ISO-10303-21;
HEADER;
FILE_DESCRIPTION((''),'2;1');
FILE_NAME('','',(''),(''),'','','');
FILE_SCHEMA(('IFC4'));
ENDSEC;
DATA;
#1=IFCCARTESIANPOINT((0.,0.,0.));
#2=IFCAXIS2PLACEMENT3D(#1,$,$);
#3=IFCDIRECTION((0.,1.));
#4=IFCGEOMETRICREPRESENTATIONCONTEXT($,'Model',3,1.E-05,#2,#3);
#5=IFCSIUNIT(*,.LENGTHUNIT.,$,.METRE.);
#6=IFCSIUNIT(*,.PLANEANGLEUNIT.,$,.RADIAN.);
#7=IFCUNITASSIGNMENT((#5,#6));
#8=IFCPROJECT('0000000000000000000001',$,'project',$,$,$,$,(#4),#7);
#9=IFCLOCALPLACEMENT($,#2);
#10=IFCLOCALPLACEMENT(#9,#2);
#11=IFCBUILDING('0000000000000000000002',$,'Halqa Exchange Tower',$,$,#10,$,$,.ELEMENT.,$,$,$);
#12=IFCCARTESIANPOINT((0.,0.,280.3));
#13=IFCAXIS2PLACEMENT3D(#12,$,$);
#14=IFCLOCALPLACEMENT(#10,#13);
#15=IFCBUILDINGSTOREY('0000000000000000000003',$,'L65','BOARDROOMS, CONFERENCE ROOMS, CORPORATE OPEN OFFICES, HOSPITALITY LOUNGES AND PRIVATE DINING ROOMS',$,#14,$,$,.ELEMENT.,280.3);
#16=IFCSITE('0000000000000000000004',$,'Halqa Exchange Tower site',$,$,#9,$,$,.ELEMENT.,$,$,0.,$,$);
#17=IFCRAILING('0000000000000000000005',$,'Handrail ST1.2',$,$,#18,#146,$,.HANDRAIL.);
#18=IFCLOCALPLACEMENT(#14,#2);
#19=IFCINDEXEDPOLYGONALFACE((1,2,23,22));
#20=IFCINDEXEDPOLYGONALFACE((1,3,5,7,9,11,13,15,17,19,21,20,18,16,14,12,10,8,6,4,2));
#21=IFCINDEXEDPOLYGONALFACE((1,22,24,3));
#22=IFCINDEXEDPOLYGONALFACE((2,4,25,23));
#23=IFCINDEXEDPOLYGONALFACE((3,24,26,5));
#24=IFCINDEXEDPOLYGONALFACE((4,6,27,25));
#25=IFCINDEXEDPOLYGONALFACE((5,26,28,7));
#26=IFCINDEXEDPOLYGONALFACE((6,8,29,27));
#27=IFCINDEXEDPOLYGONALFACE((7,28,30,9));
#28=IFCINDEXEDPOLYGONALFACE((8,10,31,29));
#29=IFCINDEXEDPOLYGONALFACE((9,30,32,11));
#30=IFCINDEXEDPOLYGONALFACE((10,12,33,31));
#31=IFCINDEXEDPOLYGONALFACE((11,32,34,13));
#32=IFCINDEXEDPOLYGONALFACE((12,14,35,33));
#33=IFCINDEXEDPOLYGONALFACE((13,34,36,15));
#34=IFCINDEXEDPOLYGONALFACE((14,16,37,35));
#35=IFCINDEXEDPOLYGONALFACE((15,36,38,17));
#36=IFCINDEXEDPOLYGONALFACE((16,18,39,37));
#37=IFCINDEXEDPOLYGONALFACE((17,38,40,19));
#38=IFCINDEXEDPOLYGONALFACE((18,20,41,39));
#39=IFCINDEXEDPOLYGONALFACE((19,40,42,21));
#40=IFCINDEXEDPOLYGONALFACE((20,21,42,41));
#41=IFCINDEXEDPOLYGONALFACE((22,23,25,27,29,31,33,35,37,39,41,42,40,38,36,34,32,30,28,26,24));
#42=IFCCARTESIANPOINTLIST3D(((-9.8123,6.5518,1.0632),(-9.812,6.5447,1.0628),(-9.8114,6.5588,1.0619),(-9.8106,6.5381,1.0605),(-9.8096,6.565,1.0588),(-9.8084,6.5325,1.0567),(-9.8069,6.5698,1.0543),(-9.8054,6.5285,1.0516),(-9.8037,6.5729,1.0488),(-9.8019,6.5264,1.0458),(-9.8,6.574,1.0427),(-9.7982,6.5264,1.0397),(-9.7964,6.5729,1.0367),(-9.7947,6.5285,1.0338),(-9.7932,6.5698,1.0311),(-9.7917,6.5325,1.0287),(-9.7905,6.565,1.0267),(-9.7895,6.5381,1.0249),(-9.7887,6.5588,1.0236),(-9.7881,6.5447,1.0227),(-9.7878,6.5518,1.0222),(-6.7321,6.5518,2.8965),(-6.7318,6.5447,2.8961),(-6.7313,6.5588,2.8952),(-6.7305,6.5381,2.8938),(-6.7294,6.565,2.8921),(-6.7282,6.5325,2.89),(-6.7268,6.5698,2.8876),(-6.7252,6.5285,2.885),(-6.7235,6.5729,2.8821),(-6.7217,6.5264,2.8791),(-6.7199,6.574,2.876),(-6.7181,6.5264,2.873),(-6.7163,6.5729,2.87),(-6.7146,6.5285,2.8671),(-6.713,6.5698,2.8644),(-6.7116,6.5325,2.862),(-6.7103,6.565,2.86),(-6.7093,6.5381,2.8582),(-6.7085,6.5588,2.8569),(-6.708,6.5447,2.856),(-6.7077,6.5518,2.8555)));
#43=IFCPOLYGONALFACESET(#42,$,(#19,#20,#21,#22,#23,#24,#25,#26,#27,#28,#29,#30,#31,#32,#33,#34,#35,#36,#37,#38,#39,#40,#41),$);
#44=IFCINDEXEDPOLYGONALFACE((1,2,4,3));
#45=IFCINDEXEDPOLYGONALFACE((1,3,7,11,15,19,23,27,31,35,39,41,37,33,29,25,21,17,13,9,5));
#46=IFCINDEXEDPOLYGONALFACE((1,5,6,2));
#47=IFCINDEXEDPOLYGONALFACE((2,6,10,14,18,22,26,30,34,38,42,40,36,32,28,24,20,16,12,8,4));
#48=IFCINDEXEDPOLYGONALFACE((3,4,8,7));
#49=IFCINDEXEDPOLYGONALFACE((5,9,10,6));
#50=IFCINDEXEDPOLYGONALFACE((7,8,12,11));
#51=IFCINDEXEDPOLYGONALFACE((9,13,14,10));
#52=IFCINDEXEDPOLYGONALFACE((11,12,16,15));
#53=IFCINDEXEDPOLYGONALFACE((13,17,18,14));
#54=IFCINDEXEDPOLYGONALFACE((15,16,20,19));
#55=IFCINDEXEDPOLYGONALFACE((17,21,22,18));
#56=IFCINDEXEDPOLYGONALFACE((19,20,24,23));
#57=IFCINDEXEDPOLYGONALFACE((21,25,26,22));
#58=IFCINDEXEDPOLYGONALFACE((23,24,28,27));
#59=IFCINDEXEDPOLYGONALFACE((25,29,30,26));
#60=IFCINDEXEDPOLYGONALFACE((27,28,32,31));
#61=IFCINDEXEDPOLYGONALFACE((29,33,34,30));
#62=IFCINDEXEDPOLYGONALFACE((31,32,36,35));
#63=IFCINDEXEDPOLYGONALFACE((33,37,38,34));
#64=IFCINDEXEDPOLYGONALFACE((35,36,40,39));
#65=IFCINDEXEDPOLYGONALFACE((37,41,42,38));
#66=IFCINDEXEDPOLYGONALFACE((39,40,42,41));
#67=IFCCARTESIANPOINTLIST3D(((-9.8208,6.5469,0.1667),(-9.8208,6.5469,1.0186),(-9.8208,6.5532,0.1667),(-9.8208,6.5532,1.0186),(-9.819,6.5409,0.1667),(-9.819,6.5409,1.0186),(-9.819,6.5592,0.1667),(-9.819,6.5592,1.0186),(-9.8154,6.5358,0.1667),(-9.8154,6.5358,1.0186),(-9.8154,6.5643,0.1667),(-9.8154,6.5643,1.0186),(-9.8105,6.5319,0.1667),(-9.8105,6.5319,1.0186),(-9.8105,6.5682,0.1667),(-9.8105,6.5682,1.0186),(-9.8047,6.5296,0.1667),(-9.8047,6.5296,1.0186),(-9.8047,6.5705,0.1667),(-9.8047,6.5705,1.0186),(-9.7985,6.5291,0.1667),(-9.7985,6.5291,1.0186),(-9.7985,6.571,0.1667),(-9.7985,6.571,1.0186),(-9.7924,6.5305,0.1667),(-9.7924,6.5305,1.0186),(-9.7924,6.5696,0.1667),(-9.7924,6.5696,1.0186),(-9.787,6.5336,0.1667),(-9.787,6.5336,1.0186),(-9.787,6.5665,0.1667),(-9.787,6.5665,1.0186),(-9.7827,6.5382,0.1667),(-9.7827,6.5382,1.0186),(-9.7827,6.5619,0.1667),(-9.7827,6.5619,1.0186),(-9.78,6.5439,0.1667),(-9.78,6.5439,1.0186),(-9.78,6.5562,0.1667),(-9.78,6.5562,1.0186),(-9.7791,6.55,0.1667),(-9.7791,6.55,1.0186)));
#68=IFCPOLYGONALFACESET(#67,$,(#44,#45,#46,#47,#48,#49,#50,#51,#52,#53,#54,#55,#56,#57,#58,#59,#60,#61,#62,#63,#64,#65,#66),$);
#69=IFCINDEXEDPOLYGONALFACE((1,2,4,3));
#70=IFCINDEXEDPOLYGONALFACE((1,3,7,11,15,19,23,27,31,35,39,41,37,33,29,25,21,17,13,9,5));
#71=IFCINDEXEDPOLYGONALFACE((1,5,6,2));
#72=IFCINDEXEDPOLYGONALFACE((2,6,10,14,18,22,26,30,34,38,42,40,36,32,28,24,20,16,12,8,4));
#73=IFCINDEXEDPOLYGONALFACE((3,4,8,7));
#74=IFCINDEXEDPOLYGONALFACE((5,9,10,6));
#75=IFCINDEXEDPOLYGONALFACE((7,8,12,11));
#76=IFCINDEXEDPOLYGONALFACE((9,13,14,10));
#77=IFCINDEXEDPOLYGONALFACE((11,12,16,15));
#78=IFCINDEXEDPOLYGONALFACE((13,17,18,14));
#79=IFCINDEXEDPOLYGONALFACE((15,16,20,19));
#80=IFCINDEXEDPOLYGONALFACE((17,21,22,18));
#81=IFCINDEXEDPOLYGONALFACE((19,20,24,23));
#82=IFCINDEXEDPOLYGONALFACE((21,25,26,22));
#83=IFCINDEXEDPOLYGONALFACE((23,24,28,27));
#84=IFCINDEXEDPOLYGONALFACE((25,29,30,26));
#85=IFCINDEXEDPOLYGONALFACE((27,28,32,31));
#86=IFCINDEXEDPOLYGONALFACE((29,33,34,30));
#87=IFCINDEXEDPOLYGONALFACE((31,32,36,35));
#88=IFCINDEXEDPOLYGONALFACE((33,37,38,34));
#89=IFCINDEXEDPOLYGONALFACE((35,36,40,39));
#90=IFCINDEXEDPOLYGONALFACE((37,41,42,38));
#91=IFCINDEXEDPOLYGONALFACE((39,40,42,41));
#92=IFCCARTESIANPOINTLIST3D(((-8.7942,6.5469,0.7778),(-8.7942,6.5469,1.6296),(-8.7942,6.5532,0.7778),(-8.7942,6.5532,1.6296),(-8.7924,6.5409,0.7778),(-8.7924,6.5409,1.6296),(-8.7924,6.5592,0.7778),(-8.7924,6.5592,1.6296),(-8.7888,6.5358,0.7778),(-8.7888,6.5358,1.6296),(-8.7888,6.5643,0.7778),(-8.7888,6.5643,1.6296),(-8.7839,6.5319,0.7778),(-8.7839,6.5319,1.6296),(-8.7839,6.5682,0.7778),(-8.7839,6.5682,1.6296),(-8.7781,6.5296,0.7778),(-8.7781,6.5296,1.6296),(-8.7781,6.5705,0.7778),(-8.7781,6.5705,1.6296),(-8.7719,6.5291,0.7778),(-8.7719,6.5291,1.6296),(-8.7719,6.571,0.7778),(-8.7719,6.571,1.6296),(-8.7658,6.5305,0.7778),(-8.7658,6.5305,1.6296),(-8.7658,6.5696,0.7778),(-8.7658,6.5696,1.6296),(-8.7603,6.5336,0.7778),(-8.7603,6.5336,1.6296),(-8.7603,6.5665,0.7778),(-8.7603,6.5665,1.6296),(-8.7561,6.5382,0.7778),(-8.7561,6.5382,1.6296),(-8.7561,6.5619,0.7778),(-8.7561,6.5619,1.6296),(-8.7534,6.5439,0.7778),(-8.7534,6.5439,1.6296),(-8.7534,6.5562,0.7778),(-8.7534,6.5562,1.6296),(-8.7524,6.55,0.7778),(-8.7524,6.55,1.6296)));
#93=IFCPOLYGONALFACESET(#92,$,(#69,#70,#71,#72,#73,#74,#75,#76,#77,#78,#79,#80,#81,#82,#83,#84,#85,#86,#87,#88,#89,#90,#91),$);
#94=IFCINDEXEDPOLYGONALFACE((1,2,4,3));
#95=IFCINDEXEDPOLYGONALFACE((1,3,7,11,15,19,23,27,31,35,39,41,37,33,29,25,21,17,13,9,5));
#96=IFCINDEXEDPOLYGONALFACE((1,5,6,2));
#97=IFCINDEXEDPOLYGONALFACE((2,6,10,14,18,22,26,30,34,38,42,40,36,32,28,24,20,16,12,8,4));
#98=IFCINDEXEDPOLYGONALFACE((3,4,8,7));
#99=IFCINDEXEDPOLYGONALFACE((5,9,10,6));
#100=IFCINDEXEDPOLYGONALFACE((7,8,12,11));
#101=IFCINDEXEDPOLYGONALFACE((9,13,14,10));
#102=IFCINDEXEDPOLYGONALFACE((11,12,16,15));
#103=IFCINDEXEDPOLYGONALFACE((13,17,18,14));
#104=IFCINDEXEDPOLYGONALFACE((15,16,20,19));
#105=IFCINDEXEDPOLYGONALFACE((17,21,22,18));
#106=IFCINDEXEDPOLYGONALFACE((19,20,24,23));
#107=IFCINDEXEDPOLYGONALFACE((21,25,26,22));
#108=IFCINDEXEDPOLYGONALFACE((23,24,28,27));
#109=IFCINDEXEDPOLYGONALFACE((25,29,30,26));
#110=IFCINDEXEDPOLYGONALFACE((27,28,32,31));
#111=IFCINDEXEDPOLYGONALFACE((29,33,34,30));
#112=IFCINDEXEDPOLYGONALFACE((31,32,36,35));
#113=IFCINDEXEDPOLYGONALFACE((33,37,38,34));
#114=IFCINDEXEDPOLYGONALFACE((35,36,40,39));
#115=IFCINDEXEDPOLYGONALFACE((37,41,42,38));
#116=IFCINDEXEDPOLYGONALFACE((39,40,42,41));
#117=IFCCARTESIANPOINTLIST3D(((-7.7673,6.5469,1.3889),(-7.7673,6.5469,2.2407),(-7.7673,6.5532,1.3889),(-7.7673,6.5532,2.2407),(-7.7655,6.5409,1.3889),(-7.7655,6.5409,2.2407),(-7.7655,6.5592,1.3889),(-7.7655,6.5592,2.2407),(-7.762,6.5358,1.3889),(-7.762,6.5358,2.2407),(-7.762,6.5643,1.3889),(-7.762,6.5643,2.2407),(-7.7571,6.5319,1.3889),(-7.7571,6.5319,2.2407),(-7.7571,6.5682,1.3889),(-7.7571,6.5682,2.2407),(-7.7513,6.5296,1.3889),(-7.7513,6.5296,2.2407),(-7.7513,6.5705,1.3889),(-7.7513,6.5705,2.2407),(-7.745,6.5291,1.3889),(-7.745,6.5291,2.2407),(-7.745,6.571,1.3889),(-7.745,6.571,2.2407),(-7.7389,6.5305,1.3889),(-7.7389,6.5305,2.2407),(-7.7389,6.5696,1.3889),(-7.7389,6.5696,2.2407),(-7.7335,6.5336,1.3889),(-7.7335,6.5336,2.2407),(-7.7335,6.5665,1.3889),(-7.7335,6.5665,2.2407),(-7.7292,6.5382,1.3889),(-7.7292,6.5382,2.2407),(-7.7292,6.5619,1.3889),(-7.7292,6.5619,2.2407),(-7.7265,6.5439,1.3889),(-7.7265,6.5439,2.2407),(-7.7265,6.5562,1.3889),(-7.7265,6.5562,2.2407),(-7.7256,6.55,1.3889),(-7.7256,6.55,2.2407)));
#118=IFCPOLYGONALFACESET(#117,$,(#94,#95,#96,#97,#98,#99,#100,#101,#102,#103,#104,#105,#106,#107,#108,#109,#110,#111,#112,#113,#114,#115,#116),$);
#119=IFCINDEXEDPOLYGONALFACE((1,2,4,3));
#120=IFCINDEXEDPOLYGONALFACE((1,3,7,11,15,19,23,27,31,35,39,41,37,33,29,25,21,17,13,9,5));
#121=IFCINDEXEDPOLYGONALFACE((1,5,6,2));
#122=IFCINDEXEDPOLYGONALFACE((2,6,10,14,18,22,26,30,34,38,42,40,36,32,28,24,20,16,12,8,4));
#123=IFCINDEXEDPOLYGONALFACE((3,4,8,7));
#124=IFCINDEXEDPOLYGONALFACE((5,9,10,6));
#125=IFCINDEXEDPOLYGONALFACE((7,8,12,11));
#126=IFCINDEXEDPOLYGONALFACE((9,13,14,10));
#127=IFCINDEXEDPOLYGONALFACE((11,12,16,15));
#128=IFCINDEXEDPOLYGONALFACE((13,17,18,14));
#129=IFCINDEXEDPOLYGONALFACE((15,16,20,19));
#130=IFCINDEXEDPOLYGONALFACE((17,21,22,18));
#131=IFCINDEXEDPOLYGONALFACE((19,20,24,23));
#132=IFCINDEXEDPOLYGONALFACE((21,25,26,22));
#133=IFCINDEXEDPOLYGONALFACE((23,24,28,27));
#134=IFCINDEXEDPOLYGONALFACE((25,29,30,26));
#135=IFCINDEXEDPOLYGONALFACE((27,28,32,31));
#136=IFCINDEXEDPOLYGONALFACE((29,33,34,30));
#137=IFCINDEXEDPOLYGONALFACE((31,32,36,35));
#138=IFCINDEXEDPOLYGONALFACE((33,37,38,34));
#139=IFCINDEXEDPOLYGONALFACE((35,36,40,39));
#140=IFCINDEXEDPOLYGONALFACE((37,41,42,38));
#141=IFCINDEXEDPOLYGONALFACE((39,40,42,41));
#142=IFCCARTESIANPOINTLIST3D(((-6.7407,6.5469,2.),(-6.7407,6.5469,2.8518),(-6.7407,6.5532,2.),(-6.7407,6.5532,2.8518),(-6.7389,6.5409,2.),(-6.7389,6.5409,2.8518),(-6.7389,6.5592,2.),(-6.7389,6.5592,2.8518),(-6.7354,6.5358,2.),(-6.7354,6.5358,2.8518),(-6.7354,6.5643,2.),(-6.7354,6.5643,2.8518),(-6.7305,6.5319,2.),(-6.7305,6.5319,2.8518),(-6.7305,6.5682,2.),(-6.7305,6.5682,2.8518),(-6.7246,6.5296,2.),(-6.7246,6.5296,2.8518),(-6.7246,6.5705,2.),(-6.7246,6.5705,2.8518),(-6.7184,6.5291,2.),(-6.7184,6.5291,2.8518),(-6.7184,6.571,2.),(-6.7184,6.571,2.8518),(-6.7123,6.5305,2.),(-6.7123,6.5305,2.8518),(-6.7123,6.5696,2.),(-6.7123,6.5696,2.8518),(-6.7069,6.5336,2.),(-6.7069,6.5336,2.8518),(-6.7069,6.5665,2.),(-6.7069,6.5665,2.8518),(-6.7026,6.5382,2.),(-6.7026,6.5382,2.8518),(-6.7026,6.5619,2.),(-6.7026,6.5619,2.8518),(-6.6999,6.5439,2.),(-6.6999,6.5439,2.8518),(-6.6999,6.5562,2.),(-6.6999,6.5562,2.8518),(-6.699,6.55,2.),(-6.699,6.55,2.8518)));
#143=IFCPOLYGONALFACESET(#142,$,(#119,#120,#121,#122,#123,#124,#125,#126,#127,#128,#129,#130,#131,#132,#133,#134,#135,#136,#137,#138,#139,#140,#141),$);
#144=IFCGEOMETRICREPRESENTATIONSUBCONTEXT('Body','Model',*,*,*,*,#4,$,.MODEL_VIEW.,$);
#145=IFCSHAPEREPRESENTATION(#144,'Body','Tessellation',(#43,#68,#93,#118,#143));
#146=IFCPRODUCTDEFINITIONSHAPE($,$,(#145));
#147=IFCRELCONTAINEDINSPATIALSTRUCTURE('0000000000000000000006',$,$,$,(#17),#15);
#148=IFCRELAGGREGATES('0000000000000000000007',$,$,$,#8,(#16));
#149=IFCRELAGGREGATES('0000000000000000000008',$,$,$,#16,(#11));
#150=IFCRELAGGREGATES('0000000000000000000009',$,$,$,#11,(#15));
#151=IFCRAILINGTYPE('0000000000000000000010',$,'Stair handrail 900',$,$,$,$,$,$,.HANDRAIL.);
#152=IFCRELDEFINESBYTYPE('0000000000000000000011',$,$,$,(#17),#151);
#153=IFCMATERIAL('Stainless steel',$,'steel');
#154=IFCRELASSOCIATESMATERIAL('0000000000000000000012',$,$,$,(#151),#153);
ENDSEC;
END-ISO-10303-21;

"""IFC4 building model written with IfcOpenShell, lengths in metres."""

from ifc_helpers import new_model, si_unit, direction, frame, origin, origin_2d, place, context, subcontext, project, spatial, circle, extrude, material, type_object, element, save


model = new_model("IFC4")

# Units and contexts
model_context = context("Model", 3, precision=1e-05, world=origin(), true_north=direction((0.0, 1.0)))
body_context = subcontext(model_context, "Body", "Model", "MODEL_VIEW")
ifc_project = project(units=[si_unit("LENGTHUNIT", "METRE"), si_unit("PLANEANGLEUNIT", "RADIAN")], contexts=[model_context])

# Site, building, storey
site_placement = place(None, origin())
site = spatial("IfcSite", under=ifc_project, at=site_placement, Name="Halqa Exchange Tower site", CompositionType="ELEMENT", RefElevation=0.0)
building_placement = place(site_placement, origin())
building = spatial("IfcBuilding", under=site, at=building_placement, Name="Halqa Exchange Tower", CompositionType="ELEMENT")
storey_placement = place(building_placement, frame((0.0, 0.0, 280.3)))
storey = spatial("IfcBuildingStorey", under=building, at=storey_placement, Name="L65", Description="BOARDROOMS, CONFERENCE ROOMS, CORPORATE OPEN OFFICES, HOSPITALITY LOUNGES AND PRIVATE DINING ROOMS", CompositionType="ELEMENT", Elevation=280.3)

# Shared definitions
ifc_material_1 = material(Name="Stainless steel", Category="steel")

# Railing
railing_type_1 = type_object("IfcRailingType", Name="Stair handrail 900", PredefinedType="HANDRAIL", material=ifc_material_1)
railing_1_placement = place(storey_placement, frame((-9.8, 6.55, 0.1667)))
element("IfcRailing", 1, at=railing_1_placement, inside=storey, type_object=railing_type_1, Name="Handrail ST1.2", PredefinedType="HANDRAIL", context=body_context, shape_type="SweptSolid", body=[
    extrude(circle(Radius=0.0239, at=origin_2d()), frame((0.0, 0.0, 0.876), z_axis=(0.859309, 0.0, 0.511458), x_axis=(0.0, 1.0, 0.0)), (0.0, 0.0, 1.0), 3.5845),
    extrude(circle(Radius=0.021, at=origin_2d()), origin(), (0.0, 0.0, 1.0), 0.8518),
    extrude(circle(Radius=0.021, at=origin_2d()), frame((1.0266, 0.0, 0.6111)), (0.0, 0.0, 1.0), 0.8518),
    extrude(circle(Radius=0.021, at=origin_2d()), frame((2.0535, 0.0, 1.2222)), (0.0, 0.0, 1.0), 0.8518),
    extrude(circle(Radius=0.021, at=origin_2d()), frame((3.0801, 0.0, 1.8333)), (0.0, 0.0, 1.0), 0.8518),
])

save(model, "model.ifc")
